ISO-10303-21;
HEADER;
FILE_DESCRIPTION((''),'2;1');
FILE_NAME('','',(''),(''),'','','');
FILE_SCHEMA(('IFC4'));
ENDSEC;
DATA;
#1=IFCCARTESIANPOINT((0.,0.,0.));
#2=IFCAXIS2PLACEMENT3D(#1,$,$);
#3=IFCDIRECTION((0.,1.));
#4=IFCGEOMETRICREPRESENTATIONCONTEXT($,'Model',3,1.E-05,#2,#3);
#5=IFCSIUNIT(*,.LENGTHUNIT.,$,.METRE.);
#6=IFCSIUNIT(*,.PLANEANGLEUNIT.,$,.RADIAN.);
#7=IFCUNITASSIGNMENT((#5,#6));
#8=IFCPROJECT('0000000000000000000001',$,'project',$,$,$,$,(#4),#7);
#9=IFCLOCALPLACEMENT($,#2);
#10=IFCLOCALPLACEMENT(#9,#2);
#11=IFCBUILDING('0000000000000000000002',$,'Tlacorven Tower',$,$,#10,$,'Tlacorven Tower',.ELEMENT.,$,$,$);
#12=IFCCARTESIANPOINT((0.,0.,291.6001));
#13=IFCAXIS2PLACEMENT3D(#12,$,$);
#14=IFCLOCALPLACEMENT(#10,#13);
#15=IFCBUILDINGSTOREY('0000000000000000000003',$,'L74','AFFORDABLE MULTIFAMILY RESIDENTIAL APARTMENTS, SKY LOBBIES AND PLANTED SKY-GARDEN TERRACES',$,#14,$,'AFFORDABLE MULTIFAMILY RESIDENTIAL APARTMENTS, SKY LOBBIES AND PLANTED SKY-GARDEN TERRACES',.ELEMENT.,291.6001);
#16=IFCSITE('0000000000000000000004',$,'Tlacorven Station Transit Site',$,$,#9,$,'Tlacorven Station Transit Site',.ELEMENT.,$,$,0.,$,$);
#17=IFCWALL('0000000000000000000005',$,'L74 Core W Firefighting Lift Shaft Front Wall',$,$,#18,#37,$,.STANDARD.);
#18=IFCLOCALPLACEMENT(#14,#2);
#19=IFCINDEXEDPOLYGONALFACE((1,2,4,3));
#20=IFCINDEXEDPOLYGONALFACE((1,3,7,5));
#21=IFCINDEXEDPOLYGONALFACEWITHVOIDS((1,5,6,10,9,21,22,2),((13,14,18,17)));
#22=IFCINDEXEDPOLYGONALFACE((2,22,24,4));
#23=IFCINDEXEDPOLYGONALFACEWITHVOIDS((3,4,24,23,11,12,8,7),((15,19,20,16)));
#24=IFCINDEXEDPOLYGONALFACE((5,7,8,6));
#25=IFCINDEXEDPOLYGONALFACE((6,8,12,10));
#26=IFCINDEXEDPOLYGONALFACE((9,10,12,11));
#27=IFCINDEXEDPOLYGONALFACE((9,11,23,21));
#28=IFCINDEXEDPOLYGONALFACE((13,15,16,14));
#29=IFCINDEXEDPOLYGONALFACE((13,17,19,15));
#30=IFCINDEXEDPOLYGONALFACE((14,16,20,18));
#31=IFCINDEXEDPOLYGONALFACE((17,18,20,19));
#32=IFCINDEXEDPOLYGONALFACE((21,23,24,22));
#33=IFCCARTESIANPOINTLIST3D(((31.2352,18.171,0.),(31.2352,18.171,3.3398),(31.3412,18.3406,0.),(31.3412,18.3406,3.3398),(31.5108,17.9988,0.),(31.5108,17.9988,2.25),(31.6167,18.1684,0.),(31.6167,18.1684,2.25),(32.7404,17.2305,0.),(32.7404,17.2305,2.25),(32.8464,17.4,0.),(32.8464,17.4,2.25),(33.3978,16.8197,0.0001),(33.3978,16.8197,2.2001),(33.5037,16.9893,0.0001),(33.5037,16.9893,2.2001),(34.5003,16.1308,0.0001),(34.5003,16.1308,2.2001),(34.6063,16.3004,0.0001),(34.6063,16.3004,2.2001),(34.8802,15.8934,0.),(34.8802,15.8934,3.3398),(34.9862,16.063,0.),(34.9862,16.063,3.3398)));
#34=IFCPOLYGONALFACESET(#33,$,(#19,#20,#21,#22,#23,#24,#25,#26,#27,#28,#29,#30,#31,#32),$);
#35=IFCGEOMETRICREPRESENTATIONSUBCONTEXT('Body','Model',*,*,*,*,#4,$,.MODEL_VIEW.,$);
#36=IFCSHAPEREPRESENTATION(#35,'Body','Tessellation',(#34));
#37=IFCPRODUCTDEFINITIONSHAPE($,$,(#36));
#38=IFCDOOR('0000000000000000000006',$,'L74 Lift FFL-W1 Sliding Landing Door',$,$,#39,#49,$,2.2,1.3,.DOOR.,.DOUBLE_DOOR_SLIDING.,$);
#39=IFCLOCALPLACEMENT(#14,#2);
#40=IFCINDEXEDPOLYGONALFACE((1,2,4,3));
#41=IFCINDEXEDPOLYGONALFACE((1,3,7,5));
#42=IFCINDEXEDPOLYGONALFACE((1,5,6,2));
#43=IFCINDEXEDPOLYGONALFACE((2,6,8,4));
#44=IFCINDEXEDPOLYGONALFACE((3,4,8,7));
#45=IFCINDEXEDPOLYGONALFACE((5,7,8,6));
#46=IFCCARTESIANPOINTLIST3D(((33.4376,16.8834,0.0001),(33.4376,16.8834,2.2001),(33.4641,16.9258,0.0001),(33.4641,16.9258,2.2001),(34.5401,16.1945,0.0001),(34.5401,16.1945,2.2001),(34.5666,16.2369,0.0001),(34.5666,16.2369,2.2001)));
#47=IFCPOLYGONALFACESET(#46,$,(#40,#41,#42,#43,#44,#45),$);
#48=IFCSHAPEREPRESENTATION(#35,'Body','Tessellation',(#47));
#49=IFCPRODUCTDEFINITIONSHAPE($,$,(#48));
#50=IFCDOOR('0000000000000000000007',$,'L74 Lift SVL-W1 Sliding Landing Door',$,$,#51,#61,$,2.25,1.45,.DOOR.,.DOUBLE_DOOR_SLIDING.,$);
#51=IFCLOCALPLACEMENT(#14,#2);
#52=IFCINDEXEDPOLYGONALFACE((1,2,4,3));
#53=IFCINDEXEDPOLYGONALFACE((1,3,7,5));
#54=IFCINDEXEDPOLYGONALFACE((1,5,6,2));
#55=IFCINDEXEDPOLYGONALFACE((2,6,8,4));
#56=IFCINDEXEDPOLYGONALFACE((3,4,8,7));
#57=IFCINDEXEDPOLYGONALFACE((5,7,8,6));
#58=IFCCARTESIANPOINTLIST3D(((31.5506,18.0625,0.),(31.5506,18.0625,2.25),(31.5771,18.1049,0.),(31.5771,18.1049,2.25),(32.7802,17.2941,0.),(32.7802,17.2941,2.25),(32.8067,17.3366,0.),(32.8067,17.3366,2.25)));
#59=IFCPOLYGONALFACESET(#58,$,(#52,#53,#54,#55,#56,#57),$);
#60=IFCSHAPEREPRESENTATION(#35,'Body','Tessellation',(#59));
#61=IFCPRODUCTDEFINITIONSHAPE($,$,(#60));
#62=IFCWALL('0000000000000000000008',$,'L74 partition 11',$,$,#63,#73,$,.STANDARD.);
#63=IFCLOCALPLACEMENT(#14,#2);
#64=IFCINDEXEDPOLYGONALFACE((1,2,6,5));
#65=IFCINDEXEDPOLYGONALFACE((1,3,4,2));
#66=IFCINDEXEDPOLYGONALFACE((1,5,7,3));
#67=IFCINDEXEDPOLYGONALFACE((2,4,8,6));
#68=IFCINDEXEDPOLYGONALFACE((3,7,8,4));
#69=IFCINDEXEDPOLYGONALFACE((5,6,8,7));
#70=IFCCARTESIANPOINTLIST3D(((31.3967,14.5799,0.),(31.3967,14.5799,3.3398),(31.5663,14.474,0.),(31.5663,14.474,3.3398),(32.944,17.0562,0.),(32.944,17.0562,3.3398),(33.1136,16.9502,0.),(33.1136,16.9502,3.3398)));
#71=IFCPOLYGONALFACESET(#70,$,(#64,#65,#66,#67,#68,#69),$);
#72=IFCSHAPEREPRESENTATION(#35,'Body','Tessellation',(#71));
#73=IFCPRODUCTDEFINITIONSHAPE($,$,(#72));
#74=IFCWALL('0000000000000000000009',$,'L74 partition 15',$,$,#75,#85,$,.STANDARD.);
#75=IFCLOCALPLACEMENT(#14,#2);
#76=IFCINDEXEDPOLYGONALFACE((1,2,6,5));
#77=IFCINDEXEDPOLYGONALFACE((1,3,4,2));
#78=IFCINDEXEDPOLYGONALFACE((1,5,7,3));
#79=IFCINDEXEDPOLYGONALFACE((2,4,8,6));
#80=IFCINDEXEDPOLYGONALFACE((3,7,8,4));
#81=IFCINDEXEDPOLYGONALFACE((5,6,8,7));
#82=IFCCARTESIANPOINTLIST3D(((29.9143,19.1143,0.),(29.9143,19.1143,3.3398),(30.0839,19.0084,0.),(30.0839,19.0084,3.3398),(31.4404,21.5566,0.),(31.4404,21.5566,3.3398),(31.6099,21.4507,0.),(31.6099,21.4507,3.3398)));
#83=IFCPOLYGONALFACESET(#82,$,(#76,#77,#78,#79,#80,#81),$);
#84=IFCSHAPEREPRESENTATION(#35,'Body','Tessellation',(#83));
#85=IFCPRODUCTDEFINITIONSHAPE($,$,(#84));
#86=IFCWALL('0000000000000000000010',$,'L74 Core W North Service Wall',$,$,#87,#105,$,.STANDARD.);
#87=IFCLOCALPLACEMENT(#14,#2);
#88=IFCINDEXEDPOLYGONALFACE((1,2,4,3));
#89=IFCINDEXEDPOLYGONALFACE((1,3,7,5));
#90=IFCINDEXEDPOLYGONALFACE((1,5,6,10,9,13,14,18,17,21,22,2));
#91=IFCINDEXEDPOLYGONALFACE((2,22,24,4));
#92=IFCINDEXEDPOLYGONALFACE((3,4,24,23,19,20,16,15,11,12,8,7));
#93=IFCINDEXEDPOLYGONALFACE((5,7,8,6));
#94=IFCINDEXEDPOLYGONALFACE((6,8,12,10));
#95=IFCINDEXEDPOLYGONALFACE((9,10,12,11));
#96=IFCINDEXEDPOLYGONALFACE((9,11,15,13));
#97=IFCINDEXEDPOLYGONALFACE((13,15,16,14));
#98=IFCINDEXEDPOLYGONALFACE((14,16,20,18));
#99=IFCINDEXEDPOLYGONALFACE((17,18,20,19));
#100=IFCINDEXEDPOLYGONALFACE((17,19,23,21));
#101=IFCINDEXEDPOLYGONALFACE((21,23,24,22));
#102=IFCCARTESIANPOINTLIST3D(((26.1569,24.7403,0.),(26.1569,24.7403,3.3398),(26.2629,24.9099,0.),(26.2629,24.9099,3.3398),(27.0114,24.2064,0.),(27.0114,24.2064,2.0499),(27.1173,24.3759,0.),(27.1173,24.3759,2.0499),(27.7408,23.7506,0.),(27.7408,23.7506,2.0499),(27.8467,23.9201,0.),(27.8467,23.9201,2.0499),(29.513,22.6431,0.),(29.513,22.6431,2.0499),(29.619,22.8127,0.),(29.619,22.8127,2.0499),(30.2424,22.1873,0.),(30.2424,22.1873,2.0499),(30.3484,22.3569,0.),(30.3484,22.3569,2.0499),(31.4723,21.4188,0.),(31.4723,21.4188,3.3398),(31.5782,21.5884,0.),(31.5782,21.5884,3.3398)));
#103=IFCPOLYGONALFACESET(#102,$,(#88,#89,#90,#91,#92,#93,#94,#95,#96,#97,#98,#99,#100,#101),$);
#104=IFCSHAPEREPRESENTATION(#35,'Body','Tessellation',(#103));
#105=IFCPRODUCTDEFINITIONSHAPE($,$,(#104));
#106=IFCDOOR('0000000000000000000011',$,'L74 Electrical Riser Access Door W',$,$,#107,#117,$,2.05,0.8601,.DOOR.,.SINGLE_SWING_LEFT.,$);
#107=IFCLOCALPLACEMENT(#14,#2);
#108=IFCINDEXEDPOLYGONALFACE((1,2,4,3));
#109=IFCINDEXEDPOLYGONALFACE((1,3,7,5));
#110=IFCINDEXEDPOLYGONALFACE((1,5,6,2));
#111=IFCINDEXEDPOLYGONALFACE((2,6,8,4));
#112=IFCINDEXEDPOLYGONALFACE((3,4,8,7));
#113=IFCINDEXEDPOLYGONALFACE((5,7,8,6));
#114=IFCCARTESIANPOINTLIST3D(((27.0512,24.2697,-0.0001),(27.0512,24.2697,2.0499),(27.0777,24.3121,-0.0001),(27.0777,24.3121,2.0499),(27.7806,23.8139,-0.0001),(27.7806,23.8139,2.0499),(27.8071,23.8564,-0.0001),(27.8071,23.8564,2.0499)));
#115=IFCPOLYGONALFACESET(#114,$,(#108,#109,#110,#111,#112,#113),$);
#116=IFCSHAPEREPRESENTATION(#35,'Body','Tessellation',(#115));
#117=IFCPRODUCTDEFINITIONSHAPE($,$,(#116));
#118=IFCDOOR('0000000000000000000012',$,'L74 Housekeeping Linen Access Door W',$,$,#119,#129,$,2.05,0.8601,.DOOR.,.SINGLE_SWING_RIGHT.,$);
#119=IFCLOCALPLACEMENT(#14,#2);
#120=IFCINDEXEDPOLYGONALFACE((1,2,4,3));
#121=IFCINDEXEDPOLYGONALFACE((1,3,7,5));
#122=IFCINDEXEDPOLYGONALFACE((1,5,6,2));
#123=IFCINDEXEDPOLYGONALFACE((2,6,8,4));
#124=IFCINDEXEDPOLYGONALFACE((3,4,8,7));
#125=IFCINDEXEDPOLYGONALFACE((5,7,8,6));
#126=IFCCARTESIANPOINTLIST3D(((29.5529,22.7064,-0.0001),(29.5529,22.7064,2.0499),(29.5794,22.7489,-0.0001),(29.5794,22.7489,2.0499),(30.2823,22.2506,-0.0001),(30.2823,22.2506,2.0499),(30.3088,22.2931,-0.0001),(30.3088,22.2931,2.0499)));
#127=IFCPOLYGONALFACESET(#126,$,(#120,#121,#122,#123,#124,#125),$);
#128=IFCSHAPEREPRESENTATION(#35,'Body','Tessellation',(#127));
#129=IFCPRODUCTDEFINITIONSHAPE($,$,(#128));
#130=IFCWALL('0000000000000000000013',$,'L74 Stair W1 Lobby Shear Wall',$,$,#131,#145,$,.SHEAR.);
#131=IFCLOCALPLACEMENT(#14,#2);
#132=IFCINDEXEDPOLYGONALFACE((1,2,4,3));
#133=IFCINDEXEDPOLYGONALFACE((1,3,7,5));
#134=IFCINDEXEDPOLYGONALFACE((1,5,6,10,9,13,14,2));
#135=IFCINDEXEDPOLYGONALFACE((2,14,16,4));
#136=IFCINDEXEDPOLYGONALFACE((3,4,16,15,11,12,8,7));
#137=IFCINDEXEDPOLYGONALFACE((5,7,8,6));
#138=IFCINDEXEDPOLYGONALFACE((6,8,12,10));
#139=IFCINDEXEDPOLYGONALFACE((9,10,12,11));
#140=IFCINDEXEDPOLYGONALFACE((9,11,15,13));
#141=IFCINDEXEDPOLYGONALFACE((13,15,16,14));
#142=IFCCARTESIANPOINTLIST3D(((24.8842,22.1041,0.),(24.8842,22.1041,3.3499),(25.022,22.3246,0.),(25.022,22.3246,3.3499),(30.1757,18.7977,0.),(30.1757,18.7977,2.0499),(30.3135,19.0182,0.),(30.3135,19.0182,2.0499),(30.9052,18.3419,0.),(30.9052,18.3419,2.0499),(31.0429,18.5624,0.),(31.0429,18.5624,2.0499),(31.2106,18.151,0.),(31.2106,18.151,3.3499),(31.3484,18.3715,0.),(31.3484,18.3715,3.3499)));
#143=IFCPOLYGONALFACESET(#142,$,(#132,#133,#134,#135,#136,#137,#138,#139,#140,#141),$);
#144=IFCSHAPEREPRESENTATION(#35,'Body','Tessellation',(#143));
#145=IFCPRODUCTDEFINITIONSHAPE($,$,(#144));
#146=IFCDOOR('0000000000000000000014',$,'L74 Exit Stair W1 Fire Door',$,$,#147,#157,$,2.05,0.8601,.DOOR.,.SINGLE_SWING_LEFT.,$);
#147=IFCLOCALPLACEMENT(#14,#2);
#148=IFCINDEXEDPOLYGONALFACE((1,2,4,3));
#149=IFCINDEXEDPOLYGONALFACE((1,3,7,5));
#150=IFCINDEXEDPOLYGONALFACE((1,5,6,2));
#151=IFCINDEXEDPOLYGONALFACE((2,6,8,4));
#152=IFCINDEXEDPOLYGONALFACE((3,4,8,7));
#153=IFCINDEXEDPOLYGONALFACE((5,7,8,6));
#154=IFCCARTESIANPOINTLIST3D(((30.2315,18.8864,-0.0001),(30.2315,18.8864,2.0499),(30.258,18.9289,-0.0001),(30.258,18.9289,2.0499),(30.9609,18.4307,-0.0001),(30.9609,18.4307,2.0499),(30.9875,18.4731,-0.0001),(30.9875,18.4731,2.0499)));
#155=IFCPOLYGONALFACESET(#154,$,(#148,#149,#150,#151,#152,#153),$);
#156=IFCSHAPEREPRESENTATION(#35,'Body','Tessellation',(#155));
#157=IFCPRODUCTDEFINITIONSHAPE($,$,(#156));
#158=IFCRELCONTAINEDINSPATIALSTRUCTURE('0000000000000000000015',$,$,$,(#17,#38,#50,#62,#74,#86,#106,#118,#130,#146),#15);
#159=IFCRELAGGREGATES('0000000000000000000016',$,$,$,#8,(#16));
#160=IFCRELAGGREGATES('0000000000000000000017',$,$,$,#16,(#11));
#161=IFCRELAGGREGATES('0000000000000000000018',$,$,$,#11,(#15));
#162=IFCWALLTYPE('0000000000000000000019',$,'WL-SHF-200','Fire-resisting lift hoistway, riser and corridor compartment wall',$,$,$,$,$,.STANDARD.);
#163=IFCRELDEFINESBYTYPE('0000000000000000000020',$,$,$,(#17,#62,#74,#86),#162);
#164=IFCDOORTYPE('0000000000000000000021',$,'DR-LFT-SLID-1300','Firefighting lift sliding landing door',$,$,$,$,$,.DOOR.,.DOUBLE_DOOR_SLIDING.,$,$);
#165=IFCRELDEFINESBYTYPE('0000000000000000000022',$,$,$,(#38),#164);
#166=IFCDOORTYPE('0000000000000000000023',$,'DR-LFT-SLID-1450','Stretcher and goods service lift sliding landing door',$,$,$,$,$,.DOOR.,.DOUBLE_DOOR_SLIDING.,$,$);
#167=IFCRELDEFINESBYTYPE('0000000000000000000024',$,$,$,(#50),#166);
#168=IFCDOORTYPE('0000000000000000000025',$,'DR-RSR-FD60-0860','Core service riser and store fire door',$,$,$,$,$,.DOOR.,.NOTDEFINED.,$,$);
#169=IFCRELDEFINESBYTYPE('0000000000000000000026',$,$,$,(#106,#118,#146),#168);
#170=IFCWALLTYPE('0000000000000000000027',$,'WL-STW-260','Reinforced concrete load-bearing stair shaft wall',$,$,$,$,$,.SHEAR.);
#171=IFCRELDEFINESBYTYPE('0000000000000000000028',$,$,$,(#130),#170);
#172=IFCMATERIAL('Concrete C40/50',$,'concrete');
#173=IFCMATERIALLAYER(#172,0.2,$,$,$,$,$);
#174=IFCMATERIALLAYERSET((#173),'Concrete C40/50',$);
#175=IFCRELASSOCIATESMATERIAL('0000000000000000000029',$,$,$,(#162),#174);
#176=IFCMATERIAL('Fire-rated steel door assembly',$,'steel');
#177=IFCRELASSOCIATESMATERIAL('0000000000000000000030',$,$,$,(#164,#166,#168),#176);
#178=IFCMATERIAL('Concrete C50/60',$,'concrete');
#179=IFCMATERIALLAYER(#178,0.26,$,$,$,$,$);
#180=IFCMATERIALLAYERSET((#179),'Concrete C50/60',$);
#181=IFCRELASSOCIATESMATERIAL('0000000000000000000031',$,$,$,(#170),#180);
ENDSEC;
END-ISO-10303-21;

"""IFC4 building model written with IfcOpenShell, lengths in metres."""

from ifc_helpers import new_model, si_unit, direction, frame, frame_2d, origin, place, context, subcontext, project, spatial, rectangle, extrude, source, transform, mapped, material, layer, layer_set, type_object, element, fill, save


model = new_model("IFC4")

# Units and contexts
model_context = context("Model", 3, precision=1e-05, world=origin(), true_north=direction((0.0, 1.0)))
body_context = subcontext(model_context, "Body", "Model", "MODEL_VIEW")
ifc_project = project(units=[si_unit("LENGTHUNIT", "METRE"), si_unit("PLANEANGLEUNIT", "RADIAN")], contexts=[model_context])

# Site, building, storey
site_placement = place(None, origin())
site = spatial("IfcSite", under=ifc_project, at=site_placement, Name="Tlacorven Station Transit Site", LongName="Tlacorven Station Transit Site", CompositionType="ELEMENT", RefElevation=0.0)
building_placement = place(site_placement, origin())
building = spatial("IfcBuilding", under=site, at=building_placement, Name="Tlacorven Tower", LongName="Tlacorven Tower", CompositionType="ELEMENT")
storey_placement = place(building_placement, frame((0.0, 0.0, 291.6001)))
storey = spatial("IfcBuildingStorey", under=building, at=storey_placement, Name="L74", Description="AFFORDABLE MULTIFAMILY RESIDENTIAL APARTMENTS, SKY LOBBIES AND PLANTED SKY-GARDEN TERRACES", LongName="AFFORDABLE MULTIFAMILY RESIDENTIAL APARTMENTS, SKY LOBBIES AND PLANTED SKY-GARDEN TERRACES", CompositionType="ELEMENT", Elevation=291.6001)

# Shared definitions
ifc_material_1 = material(Name="Concrete C50/60", Category="concrete")

# Shared definitions
ifc_material_2 = material(Name="Fire-rated steel door assembly", Category="steel")

# Wall, openings, doors
ifc_material_3 = material(Name="Concrete C40/50", Category="concrete")
ifc_layer_1 = layer(ifc_material_3, 0.2)
ifc_layer_set_1 = layer_set([ifc_layer_1], Name="Concrete C40/50")
wall_type_1 = type_object("IfcWallType", Name="WL-SHF-200", Description="Fire-resisting lift hoistway, riser and corridor compartment wall", PredefinedType="STANDARD", material=ifc_layer_set_1)
wall_1_placement = place(storey_placement, frame((34.9331, 15.9783, 0.0), z_axis=(0.0, 0.0, 1.0), x_axis=(-0.848056, 0.529907, 0.0)))
wall_1 = element("IfcWall", 1, at=wall_1_placement, inside=storey, type_object=wall_type_1, Name="L74 Core W Firefighting Lift Shaft Front Wall", PredefinedType="STANDARD", context=body_context, shape_type="SweptSolid", body=[
    extrude(rectangle(XDim=4.2981, YDim=0.2, at=frame_2d((2.1489, 0.0))), origin(), (0.0, 0.0, 1.0), 3.3398),
])
opening_1_placement = place(wall_1_placement, frame((0.448, 0.0, 0.0)))
opening_1 = element("IfcOpeningElement", 2, at=opening_1_placement, cuts=wall_1, PredefinedType="OPENING", context=body_context, shape_type="SweptSolid", body=[
    extrude(rectangle(XDim=1.3, YDim=2.2, at=frame_2d((0.6499, 1.1001))), frame((0.0, 0.1099, 0.0), z_axis=(0.0, -1.0, 0.0), x_axis=(1.0, 0.0, 0.0)), (0.0, 0.0, 1.0), 0.22),
])
opening_2_placement = place(wall_1_placement, frame((2.5229, 0.0, 0.0)))
opening_2 = element("IfcOpeningElement", 3, at=opening_2_placement, cuts=wall_1, PredefinedType="OPENING", context=body_context, shape_type="SweptSolid", body=[
    extrude(rectangle(XDim=1.45, YDim=2.25, at=frame_2d((0.7251, 1.125))), frame((0.0, 0.1099, 0.0), z_axis=(0.0, -1.0, 0.0), x_axis=(1.0, 0.0, 0.0)), (0.0, 0.0, 1.0), 0.22),
])
door_type_1 = type_object("IfcDoorType", Name="DR-LFT-SLID-1300", Description="Firefighting lift sliding landing door", OperationType="DOUBLE_DOOR_SLIDING", PredefinedType="DOOR", material=ifc_material_2)
shared_shape_1 = source(origin(), body_context, "Body", "SweptSolid", [
    extrude(rectangle(XDim=1.3, YDim=2.2, at=frame_2d((0.6499, 1.1001))), frame((0.0, 0.0249, 0.0), z_axis=(0.0, -1.0, 0.0), x_axis=(1.0, 0.0, 0.0)), (0.0, 0.0, 1.0), 0.05),
])
door_1_placement = place(opening_1_placement, origin())
door_1 = element("IfcDoor", 4, at=door_1_placement, inside=storey, type_object=door_type_1, Name="L74 Lift FFL-W1 Sliding Landing Door", OperationType="DOUBLE_DOOR_SLIDING", OverallHeight=2.2, OverallWidth=1.3, PredefinedType="DOOR", context=body_context, shape_type="MappedRepresentation", body=[
    mapped(shared_shape_1, transform((0.0, 0.0, 0.0), scale=1.0)),
])
fill(opening_1, door_1)
door_type_2 = type_object("IfcDoorType", Name="DR-LFT-SLID-1450", Description="Stretcher and goods service lift sliding landing door", OperationType="DOUBLE_DOOR_SLIDING", PredefinedType="DOOR", material=ifc_material_2)
shared_shape_2 = source(origin(), body_context, "Body", "SweptSolid", [
    extrude(rectangle(XDim=1.45, YDim=2.25, at=frame_2d((0.7251, 1.125))), frame((0.0, 0.0249, 0.0), z_axis=(0.0, -1.0, 0.0), x_axis=(1.0, 0.0, 0.0)), (0.0, 0.0, 1.0), 0.05),
])
door_2_placement = place(opening_2_placement, origin())
door_2 = element("IfcDoor", 5, at=door_2_placement, inside=storey, type_object=door_type_2, Name="L74 Lift SVL-W1 Sliding Landing Door", OperationType="DOUBLE_DOOR_SLIDING", OverallHeight=2.25, OverallWidth=1.45, PredefinedType="DOOR", context=body_context, shape_type="MappedRepresentation", body=[
    mapped(shared_shape_2, transform((0.0, 0.0, 0.0), scale=1.0)),
])
fill(opening_2, door_2)

# Walls
wall_2_placement = place(storey_placement, frame((33.0288, 17.0032, 0.0), z_axis=(0.0, 0.0, 1.0), x_axis=(-0.529916, -0.84805, 0.0)))
element("IfcWall", 6, at=wall_2_placement, inside=storey, type_object=wall_type_1, Name="L74 partition 11", PredefinedType="STANDARD", context=body_context, shape_type="SweptSolid", body=[
    extrude(rectangle(XDim=2.9199, YDim=0.2, at=frame_2d((1.46, 0.0))), origin(), (0.0, 0.0, 1.0), 3.3398),
])
wall_3_placement = place(storey_placement, frame((31.5251, 21.5037, 0.0), z_axis=(0.0, 0.0, 1.0), x_axis=(-0.529907, -0.848055, 0.0)))
element("IfcWall", 7, at=wall_3_placement, inside=storey, type_object=wall_type_1, Name="L74 partition 15", PredefinedType="STANDARD", context=body_context, shape_type="SweptSolid", body=[
    extrude(rectangle(XDim=2.8799, YDim=0.2, at=frame_2d((1.4399, 0.0))), origin(), (0.0, 0.0, 1.0), 3.3398),
])

# Wall, openings, doors
wall_4_placement = place(storey_placement, frame((31.5251, 21.5037, 0.0), z_axis=(0.0, 0.0, 1.0), x_axis=(-0.848042, 0.529929, 0.0)))
wall_4 = element("IfcWall", 8, at=wall_4_placement, inside=storey, type_object=wall_type_1, Name="L74 Core W North Service Wall", PredefinedType="STANDARD", context=body_context, shape_type="SweptSolid", body=[
    extrude(rectangle(XDim=6.2678, YDim=0.2, at=frame_2d((3.1338, 0.0))), origin(), (0.0, 0.0, 1.0), 3.3398),
])
opening_3_placement = place(wall_4_placement, frame((4.3999, 0.0, 0.0)))
opening_3 = element("IfcOpeningElement", 9, at=opening_3_placement, cuts=wall_4, PredefinedType="OPENING", context=body_context, shape_type="SweptSolid", body=[
    extrude(rectangle(XDim=0.8601, YDim=2.05, at=frame_2d((0.4302, 1.0249))), frame((0.0, 0.1099, 0.0), z_axis=(0.0, -1.0, 0.0), x_axis=(1.0, 0.0, 0.0)), (0.0, 0.0, 1.0), 0.22),
])
opening_4_placement = place(wall_4_placement, frame((1.45, 0.0, 0.0)))
opening_4 = element("IfcOpeningElement", 10, at=opening_4_placement, cuts=wall_4, PredefinedType="OPENING", context=body_context, shape_type="SweptSolid", body=[
    extrude(rectangle(XDim=0.8601, YDim=2.05, at=frame_2d((0.4302, 1.0249))), frame((0.0, 0.1099, 0.0), z_axis=(0.0, -1.0, 0.0), x_axis=(1.0, 0.0, 0.0)), (0.0, 0.0, 1.0), 0.22),
])
door_type_3 = type_object("IfcDoorType", Name="DR-RSR-FD60-0860", Description="Core service riser and store fire door", OperationType="NOTDEFINED", PredefinedType="DOOR", material=ifc_material_2)
shared_shape_3 = source(origin(), body_context, "Body", "SweptSolid", [
    extrude(rectangle(XDim=0.8601, YDim=2.05, at=frame_2d((0.4302, 1.0249))), frame((0.0, 0.0249, 0.0), z_axis=(0.0, -1.0, 0.0), x_axis=(1.0, 0.0, 0.0)), (0.0, 0.0, 1.0), 0.05),
])
door_3_placement = place(opening_3_placement, frame((0.8601, 0.0, 0.0), z_axis=(0.0, 0.0, 1.0), x_axis=(-1.0, 0.0, 0.0)))
door_3 = element("IfcDoor", 11, at=door_3_placement, inside=storey, type_object=door_type_3, Name="L74 Electrical Riser Access Door W", OperationType="SINGLE_SWING_LEFT", OverallHeight=2.05, OverallWidth=0.8601, PredefinedType="DOOR", context=body_context, shape_type="MappedRepresentation", body=[
    mapped(shared_shape_3, transform((0.0, 0.0, 0.0), scale=1.0)),
])
fill(opening_3, door_3)
door_4_placement = place(opening_4_placement, frame((0.8601, 0.0, 0.0), z_axis=(0.0, 0.0, 1.0), x_axis=(-1.0, 0.0, 0.0)))
door_4 = element("IfcDoor", 12, at=door_4_placement, inside=storey, type_object=door_type_3, Name="L74 Housekeeping Linen Access Door W", OperationType="SINGLE_SWING_RIGHT", OverallHeight=2.05, OverallWidth=0.8601, PredefinedType="DOOR", context=body_context, shape_type="MappedRepresentation", body=[
    mapped(shared_shape_3, transform((0.0, 0.0, 0.0), scale=1.0)),
])
fill(opening_4, door_4)

# Wall, opening, door
ifc_layer_2 = layer(ifc_material_1, 0.26)
ifc_layer_set_2 = layer_set([ifc_layer_2], Name="Concrete C50/60")
wall_type_2 = type_object("IfcWallType", Name="WL-STW-260", Description="Reinforced concrete load-bearing stair shaft wall", PredefinedType="SHEAR", material=ifc_layer_set_2)
wall_5_placement = place(storey_placement, frame((31.2795, 18.2612, 0.0), z_axis=(0.0, 0.0, 1.0), x_axis=(-0.848052, 0.529914, 0.0)))
wall_5 = element("IfcWall", 13, at=wall_5_placement, inside=storey, type_object=wall_type_2, Name="L74 Stair W1 Lobby Shear Wall", PredefinedType="SHEAR", context=body_context, shape_type="SweptSolid", body=[
    extrude(rectangle(XDim=7.46, YDim=0.26, at=frame_2d((3.73, 0.0))), origin(), (0.0, 0.0, 1.0), 3.3499),
])
opening_5_placement = place(wall_5_placement, frame((0.3601, 0.0, 0.0)))
opening_5 = element("IfcOpeningElement", 14, at=opening_5_placement, cuts=wall_5, PredefinedType="OPENING", context=body_context, shape_type="SweptSolid", body=[
    extrude(rectangle(XDim=0.8601, YDim=2.05, at=frame_2d((0.4302, 1.0249))), frame((0.0, 0.1401, 0.0), z_axis=(0.0, -1.0, 0.0), x_axis=(1.0, 0.0, 0.0)), (0.0, 0.0, 1.0), 0.28),
])
door_5_placement = place(opening_5_placement, frame((0.8601, 0.0, 0.0), z_axis=(0.0, 0.0, 1.0), x_axis=(-1.0, 0.0, 0.0)))
door_5 = element("IfcDoor", 15, at=door_5_placement, inside=storey, type_object=door_type_3, Name="L74 Exit Stair W1 Fire Door", OperationType="SINGLE_SWING_LEFT", OverallHeight=2.05, OverallWidth=0.8601, PredefinedType="DOOR", context=body_context, shape_type="MappedRepresentation", body=[
    mapped(shared_shape_3, transform((0.0, 0.0, 0.0), scale=1.0)),
])
fill(opening_5, door_5)

save(model, "model.ifc")
